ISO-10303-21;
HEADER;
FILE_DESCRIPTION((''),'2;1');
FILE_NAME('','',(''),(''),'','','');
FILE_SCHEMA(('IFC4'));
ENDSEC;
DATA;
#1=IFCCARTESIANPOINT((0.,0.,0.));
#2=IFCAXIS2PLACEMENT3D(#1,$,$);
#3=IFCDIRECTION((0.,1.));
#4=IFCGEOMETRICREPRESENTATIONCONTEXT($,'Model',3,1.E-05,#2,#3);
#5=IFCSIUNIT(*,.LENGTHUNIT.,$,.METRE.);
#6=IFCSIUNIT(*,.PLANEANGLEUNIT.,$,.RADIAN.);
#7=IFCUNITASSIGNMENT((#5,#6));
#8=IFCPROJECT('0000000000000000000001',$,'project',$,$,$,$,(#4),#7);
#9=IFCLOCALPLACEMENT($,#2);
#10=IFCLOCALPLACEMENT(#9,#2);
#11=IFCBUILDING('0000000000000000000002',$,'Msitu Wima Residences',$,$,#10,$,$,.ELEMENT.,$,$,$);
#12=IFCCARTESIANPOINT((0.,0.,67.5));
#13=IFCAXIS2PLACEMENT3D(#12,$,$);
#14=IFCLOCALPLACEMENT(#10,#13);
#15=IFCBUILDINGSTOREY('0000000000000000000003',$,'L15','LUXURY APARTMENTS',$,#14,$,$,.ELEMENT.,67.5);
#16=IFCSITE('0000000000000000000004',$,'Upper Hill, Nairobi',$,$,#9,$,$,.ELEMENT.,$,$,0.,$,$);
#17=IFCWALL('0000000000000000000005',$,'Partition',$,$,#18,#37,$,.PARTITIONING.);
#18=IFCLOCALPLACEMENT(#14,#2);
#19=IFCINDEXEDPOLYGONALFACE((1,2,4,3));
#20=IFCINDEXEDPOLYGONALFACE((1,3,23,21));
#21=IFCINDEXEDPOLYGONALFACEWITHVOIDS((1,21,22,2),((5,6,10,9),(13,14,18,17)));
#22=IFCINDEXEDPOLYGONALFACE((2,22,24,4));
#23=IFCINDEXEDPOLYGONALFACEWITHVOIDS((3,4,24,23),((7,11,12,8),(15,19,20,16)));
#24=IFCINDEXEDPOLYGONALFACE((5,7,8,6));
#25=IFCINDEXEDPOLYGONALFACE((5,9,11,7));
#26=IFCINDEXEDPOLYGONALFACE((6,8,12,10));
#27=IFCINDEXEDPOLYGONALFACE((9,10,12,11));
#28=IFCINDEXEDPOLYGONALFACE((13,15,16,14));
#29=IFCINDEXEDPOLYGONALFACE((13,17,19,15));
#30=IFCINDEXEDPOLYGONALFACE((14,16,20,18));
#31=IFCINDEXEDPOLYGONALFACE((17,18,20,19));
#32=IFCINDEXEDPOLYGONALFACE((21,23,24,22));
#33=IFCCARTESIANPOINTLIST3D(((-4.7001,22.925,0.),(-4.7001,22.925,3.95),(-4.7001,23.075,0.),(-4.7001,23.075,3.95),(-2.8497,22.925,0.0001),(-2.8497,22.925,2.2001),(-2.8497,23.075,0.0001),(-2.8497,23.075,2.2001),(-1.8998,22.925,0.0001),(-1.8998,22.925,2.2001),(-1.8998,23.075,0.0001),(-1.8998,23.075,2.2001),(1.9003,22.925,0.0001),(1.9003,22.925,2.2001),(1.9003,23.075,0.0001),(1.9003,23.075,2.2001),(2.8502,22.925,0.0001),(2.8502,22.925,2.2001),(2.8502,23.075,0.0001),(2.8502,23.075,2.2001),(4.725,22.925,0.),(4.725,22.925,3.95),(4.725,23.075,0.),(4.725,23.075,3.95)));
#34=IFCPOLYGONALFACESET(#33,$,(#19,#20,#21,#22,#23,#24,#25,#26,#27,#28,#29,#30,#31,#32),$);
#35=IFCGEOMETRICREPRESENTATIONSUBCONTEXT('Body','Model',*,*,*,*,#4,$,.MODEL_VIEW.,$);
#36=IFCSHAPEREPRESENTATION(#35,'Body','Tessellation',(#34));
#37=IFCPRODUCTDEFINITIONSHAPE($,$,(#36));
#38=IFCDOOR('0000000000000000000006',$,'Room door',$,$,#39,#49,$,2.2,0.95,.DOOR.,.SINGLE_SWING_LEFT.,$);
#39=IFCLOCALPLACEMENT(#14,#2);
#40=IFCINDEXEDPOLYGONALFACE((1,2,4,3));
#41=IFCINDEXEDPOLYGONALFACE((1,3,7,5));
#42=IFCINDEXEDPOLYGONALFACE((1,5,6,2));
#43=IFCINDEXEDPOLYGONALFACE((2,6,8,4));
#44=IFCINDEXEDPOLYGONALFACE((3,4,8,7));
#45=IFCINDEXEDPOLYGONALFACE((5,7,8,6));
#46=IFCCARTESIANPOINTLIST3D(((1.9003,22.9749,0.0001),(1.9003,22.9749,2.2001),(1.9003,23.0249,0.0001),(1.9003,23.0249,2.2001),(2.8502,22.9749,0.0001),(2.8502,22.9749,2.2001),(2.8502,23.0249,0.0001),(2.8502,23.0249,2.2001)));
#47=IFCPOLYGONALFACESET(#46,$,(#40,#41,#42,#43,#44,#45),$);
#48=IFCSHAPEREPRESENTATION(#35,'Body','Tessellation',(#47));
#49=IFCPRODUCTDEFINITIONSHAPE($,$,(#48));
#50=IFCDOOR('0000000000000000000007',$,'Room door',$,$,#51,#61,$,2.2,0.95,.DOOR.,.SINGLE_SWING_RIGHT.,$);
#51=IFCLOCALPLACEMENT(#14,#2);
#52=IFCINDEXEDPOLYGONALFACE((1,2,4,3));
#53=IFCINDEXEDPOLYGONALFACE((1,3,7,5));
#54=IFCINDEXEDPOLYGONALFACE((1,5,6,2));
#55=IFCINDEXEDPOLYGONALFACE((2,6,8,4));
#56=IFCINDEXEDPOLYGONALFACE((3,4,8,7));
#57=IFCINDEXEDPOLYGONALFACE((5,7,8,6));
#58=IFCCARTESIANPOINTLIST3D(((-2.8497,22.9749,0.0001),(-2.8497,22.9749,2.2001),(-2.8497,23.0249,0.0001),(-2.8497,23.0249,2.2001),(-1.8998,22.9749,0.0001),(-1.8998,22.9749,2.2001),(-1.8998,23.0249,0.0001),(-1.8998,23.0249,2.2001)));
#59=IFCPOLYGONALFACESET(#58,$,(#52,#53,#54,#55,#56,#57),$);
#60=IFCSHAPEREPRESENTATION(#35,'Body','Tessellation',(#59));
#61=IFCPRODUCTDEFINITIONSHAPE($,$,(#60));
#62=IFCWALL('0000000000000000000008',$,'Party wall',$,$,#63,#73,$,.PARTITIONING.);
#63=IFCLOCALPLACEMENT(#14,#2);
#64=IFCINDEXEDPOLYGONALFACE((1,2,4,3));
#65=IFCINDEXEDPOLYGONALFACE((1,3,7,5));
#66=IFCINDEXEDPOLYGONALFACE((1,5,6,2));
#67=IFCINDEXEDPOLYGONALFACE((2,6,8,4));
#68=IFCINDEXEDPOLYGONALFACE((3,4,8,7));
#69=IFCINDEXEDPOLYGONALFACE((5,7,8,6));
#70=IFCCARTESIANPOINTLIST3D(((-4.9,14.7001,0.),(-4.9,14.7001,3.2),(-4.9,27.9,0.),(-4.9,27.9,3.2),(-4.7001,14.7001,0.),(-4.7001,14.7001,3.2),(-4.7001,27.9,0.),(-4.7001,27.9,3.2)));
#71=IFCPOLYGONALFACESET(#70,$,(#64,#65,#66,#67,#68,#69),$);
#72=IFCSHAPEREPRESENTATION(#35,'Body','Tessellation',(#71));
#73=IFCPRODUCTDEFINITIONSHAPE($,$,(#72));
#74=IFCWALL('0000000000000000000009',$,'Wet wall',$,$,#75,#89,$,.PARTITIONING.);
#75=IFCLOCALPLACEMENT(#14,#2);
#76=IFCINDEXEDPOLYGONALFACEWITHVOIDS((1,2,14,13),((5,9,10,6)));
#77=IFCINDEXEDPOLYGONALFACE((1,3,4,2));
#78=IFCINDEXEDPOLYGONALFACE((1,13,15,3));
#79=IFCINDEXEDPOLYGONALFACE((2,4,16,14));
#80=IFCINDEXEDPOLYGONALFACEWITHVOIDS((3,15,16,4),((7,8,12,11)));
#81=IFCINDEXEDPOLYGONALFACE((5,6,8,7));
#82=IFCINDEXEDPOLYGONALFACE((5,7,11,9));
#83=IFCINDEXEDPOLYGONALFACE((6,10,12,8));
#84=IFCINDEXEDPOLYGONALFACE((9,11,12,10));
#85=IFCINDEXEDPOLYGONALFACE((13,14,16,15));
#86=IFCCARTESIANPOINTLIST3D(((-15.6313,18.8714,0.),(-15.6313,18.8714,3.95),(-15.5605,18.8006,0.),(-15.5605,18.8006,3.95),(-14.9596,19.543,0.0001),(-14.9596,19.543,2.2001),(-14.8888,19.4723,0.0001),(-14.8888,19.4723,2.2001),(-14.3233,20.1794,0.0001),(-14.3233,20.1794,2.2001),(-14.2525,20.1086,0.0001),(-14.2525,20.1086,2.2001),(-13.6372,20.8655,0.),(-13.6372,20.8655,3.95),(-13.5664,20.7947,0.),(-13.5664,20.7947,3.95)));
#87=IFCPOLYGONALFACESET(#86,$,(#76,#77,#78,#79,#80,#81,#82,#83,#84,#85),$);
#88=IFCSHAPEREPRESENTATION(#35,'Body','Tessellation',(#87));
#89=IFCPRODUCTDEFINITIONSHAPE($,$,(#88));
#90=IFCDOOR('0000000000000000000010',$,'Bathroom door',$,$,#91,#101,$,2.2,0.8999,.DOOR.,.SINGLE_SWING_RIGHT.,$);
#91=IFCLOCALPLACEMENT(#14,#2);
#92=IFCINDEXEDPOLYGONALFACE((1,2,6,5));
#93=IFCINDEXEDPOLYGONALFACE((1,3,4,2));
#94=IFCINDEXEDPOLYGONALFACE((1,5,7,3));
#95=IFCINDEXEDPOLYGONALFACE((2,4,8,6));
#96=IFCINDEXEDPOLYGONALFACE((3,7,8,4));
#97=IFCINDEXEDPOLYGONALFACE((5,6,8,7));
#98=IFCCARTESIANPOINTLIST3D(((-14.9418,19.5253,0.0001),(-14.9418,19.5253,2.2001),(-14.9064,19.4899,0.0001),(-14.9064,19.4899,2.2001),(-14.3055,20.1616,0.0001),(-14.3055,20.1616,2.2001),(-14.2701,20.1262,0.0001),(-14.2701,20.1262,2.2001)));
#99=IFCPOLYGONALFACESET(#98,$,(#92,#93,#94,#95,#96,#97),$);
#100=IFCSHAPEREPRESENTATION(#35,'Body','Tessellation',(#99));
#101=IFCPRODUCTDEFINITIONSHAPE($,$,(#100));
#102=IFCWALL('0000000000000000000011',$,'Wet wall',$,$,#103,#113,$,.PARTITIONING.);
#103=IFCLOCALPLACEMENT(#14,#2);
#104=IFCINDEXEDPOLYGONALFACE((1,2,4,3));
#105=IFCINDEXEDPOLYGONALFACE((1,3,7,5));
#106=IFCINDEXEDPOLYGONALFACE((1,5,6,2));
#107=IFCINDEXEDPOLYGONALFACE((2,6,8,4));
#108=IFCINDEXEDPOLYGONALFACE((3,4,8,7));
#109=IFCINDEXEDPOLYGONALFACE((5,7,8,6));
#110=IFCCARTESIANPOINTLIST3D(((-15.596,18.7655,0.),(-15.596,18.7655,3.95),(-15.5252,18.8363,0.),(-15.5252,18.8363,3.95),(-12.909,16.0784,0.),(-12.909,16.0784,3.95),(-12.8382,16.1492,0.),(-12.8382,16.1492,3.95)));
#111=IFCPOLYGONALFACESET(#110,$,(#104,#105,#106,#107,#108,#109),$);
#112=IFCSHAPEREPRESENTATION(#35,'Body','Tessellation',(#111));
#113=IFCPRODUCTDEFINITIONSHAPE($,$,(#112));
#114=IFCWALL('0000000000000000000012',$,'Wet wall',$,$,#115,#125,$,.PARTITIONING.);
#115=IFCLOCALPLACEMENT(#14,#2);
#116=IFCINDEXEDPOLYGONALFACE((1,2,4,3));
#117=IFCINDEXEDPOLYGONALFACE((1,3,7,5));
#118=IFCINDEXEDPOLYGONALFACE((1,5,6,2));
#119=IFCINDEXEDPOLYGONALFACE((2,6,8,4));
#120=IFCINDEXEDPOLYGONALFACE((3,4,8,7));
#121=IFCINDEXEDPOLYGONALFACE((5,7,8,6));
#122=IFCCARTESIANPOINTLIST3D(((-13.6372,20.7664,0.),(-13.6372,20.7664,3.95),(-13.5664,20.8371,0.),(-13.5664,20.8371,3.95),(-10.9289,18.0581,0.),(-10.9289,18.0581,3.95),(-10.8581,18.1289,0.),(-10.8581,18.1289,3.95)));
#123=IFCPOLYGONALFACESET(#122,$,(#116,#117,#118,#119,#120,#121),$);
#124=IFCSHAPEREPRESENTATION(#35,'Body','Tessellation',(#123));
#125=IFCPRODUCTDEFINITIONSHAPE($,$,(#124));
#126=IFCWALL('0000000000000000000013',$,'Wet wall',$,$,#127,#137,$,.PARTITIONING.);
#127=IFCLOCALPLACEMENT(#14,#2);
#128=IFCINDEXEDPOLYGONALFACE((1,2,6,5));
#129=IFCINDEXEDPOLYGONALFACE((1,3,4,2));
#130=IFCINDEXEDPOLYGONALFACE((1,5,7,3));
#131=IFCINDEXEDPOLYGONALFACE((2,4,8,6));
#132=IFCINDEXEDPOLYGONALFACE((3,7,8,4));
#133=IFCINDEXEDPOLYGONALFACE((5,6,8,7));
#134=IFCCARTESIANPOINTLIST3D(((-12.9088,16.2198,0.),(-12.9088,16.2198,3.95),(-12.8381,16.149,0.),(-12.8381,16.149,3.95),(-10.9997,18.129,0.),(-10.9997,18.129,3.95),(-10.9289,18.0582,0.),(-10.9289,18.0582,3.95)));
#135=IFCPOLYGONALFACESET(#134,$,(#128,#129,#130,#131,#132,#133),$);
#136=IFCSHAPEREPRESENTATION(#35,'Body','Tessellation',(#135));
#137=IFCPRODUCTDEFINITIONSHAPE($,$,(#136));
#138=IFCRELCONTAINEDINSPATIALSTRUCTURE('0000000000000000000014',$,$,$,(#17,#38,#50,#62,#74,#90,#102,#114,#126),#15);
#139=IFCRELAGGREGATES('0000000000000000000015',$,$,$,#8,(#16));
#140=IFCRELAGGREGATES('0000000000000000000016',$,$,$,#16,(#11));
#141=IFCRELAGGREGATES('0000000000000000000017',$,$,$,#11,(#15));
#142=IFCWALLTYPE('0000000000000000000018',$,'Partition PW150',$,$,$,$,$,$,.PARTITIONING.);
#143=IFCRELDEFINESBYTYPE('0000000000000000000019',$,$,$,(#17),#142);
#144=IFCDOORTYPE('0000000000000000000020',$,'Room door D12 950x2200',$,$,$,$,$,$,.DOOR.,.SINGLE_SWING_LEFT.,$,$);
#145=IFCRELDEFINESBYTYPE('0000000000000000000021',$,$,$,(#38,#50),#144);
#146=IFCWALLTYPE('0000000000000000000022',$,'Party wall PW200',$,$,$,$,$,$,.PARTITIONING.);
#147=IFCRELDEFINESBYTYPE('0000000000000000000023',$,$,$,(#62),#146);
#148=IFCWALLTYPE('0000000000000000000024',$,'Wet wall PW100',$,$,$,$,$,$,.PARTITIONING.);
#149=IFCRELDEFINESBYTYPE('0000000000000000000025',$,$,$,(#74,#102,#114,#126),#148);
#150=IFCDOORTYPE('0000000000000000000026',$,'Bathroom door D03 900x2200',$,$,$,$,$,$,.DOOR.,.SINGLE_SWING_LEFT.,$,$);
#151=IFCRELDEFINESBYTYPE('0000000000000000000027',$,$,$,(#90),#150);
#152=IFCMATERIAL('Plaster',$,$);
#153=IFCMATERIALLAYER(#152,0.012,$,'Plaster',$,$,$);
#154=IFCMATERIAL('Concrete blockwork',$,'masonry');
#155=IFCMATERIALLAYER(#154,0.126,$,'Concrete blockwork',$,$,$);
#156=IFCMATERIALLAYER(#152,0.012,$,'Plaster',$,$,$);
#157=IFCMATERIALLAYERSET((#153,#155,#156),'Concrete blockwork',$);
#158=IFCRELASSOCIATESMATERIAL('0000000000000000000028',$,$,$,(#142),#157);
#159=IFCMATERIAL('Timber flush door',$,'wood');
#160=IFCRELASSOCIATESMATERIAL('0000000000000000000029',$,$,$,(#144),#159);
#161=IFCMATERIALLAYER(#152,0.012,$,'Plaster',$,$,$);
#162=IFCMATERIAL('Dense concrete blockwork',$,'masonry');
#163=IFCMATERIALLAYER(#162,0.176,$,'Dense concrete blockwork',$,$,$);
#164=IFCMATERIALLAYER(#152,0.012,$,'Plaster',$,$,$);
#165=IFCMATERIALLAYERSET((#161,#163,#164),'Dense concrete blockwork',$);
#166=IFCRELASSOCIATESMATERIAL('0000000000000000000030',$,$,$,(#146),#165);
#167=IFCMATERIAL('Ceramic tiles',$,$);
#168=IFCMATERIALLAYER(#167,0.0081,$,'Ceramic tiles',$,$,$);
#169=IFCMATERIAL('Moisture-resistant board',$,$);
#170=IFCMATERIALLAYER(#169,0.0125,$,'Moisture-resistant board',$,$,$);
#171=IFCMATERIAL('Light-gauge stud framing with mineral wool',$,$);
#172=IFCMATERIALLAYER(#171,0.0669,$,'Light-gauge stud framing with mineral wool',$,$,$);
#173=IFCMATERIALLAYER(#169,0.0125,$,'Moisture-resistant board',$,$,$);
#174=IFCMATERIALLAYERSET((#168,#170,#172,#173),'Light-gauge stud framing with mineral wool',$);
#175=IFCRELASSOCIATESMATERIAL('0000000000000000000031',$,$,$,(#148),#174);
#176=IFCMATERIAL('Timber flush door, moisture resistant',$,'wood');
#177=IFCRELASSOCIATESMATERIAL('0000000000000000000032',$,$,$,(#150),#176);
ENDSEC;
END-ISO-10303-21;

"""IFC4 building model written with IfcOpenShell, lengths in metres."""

from ifc_helpers import new_model, si_unit, direction, frame, frame_2d, origin, place, context, subcontext, project, spatial, rectangle, extrude, material, layer, layer_set, type_object, element, fill, save


model = new_model("IFC4")

# Units and contexts
model_context = context("Model", 3, precision=1e-05, world=origin(), true_north=direction((0.0, 1.0)))
body_context = subcontext(model_context, "Body", "Model", "MODEL_VIEW")
ifc_project = project(units=[si_unit("LENGTHUNIT", "METRE"), si_unit("PLANEANGLEUNIT", "RADIAN")], contexts=[model_context])

# Site, building, storey
site_placement = place(None, origin())
site = spatial("IfcSite", under=ifc_project, at=site_placement, Name="Upper Hill, Nairobi", CompositionType="ELEMENT", RefElevation=0.0)
building_placement = place(site_placement, origin())
building = spatial("IfcBuilding", under=site, at=building_placement, Name="Msitu Wima Residences", CompositionType="ELEMENT")
storey_placement = place(building_placement, frame((0.0, 0.0, 67.5)))
storey = spatial("IfcBuildingStorey", under=building, at=storey_placement, Name="L15", Description="LUXURY APARTMENTS", CompositionType="ELEMENT", Elevation=67.5)

# Shared definitions
ifc_material_1 = material(Name="Plaster")
ifc_layer_1 = layer(ifc_material_1, 0.012, Name="Plaster")
ifc_material_2 = material(Name="Concrete blockwork", Category="masonry")
ifc_layer_2 = layer(ifc_material_2, 0.126, Name="Concrete blockwork")
ifc_layer_3 = layer(ifc_material_1, 0.012, Name="Plaster")
ifc_layer_set_1 = layer_set([ifc_layer_1, ifc_layer_2, ifc_layer_3], Name="Concrete blockwork")
wall_type_1 = type_object("IfcWallType", Name="Partition PW150", PredefinedType="PARTITIONING", material=ifc_layer_set_1)
ifc_material_3 = material(Name="Timber flush door", Category="wood")
door_type_1 = type_object("IfcDoorType", Name="Room door D12 950x2200", OperationType="SINGLE_SWING_LEFT", PredefinedType="DOOR", material=ifc_material_3)

# Wall, openings, doors
wall_1_placement = place(storey_placement, frame((-4.7, 23.0, 0.0), z_axis=(0.0, 0.0, 1.0), x_axis=(1.0, 0.0, 0.0)))
wall_1 = element("IfcWall", 1, at=wall_1_placement, inside=storey, type_object=wall_type_1, Name="Partition", PredefinedType="PARTITIONING", context=body_context, shape_type="SweptSolid", body=[
    extrude(rectangle(XDim=9.425, YDim=0.1499, at=frame_2d((4.7124, 0.0))), origin(), (0.0, 0.0, 1.0), 3.95),
])
opening_1_placement = place(wall_1_placement, frame((6.6001, 0.0, 0.0)))
opening_1 = element("IfcOpeningElement", 2, at=opening_1_placement, cuts=wall_1, PredefinedType="OPENING", context=body_context, shape_type="SweptSolid", body=[
    extrude(rectangle(XDim=0.95, YDim=2.2, at=frame_2d((0.4751, 1.1001))), frame((0.0, 0.085, 0.0), z_axis=(0.0, -1.0, 0.0), x_axis=(1.0, 0.0, 0.0)), (0.0, 0.0, 1.0), 0.1699),
])
opening_2_placement = place(wall_1_placement, frame((1.8501, 0.0, 0.0)))
opening_2 = element("IfcOpeningElement", 3, at=opening_2_placement, cuts=wall_1, PredefinedType="OPENING", context=body_context, shape_type="SweptSolid", body=[
    extrude(rectangle(XDim=0.95, YDim=2.2, at=frame_2d((0.4751, 1.1001))), frame((0.0, 0.085, 0.0), z_axis=(0.0, -1.0, 0.0), x_axis=(1.0, 0.0, 0.0)), (0.0, 0.0, 1.0), 0.1699),
])
door_1_placement = place(opening_1_placement, origin())
door_1 = element("IfcDoor", 4, at=door_1_placement, inside=storey, type_object=door_type_1, Name="Room door", OperationType="SINGLE_SWING_LEFT", OverallHeight=2.2, OverallWidth=0.95, PredefinedType="DOOR", context=body_context, shape_type="SweptSolid", body=[
    extrude(rectangle(XDim=0.95, YDim=2.2, at=frame_2d((0.4751, 1.1001))), frame((0.0, 0.0249, 0.0), z_axis=(0.0, -1.0, 0.0), x_axis=(1.0, 0.0, 0.0)), (0.0, 0.0, 1.0), 0.05),
])
fill(opening_1, door_1)
door_2_placement = place(opening_2_placement, origin())
door_2 = element("IfcDoor", 5, at=door_2_placement, inside=storey, type_object=door_type_1, Name="Room door", OperationType="SINGLE_SWING_RIGHT", OverallHeight=2.2, OverallWidth=0.95, PredefinedType="DOOR", context=body_context, shape_type="SweptSolid", body=[
    extrude(rectangle(XDim=0.95, YDim=2.2, at=frame_2d((0.4751, 1.1001))), frame((0.0, 0.0249, 0.0), z_axis=(0.0, -1.0, 0.0), x_axis=(1.0, 0.0, 0.0)), (0.0, 0.0, 1.0), 0.05),
])
fill(opening_2, door_2)

# Wall
ifc_layer_4 = layer(ifc_material_1, 0.012, Name="Plaster")
ifc_material_4 = material(Name="Dense concrete blockwork", Category="masonry")
ifc_layer_5 = layer(ifc_material_4, 0.176, Name="Dense concrete blockwork")
ifc_layer_6 = layer(ifc_material_1, 0.012, Name="Plaster")
ifc_layer_set_2 = layer_set([ifc_layer_4, ifc_layer_5, ifc_layer_6], Name="Dense concrete blockwork")
wall_type_2 = type_object("IfcWallType", Name="Party wall PW200", PredefinedType="PARTITIONING", material=ifc_layer_set_2)
wall_2_placement = place(storey_placement, frame((-4.8, 14.7, 0.0), z_axis=(0.0, 0.0, 1.0), x_axis=(0.0, 1.0, 0.0)))
element("IfcWall", 6, at=wall_2_placement, inside=storey, type_object=wall_type_2, Name="Party wall", PredefinedType="PARTITIONING", context=body_context, shape_type="SweptSolid", body=[
    extrude(rectangle(XDim=13.2, YDim=0.2, at=frame_2d((6.6001, 0.0))), origin(), (0.0, 0.0, 1.0), 3.2),
])

# Wall, opening, door
ifc_material_5 = material(Name="Ceramic tiles")
ifc_layer_7 = layer(ifc_material_5, 0.0081, Name="Ceramic tiles")
ifc_material_6 = material(Name="Moisture-resistant board")
ifc_layer_8 = layer(ifc_material_6, 0.0125, Name="Moisture-resistant board")
ifc_material_7 = material(Name="Light-gauge stud framing with mineral wool")
ifc_layer_9 = layer(ifc_material_7, 0.0669, Name="Light-gauge stud framing with mineral wool")
ifc_layer_10 = layer(ifc_material_6, 0.0125, Name="Moisture-resistant board")
ifc_layer_set_3 = layer_set([ifc_layer_7, ifc_layer_8, ifc_layer_9, ifc_layer_10], Name="Light-gauge stud framing with mineral wool")
wall_type_3 = type_object("IfcWallType", Name="Wet wall PW100", PredefinedType="PARTITIONING", material=ifc_layer_set_3)
wall_3_placement = place(storey_placement, frame((-15.5959, 18.8359, 0.0), z_axis=(0.0, 0.0, 1.0), x_axis=(0.707107, 0.707107, 0.0)))
wall_3 = element("IfcWall", 7, at=wall_3_placement, inside=storey, type_object=wall_type_3, Name="Wet wall", PredefinedType="PARTITIONING", context=body_context, shape_type="SweptSolid", body=[
    extrude(rectangle(XDim=2.8201, YDim=0.1001, at=frame_2d((1.4102, 0.0))), origin(), (0.0, 0.0, 1.0), 3.95),
])
opening_3_placement = place(wall_3_placement, frame((0.95, 0.0, 0.0)))
opening_3 = element("IfcOpeningElement", 8, at=opening_3_placement, cuts=wall_3, PredefinedType="OPENING", context=body_context, shape_type="SweptSolid", body=[
    extrude(rectangle(XDim=0.8999, YDim=2.2, at=frame_2d((0.45, 1.1001))), frame((0.0, 0.0601, 0.0), z_axis=(0.0, -1.0, 0.0), x_axis=(1.0, 0.0, 0.0)), (0.0, 0.0, 1.0), 0.1201),
])
ifc_material_8 = material(Name="Timber flush door, moisture resistant", Category="wood")
door_type_2 = type_object("IfcDoorType", Name="Bathroom door D03 900x2200", OperationType="SINGLE_SWING_LEFT", PredefinedType="DOOR", material=ifc_material_8)
door_3_placement = place(opening_3_placement, origin())
door_3 = element("IfcDoor", 9, at=door_3_placement, inside=storey, type_object=door_type_2, Name="Bathroom door", OperationType="SINGLE_SWING_RIGHT", OverallHeight=2.2, OverallWidth=0.8999, PredefinedType="DOOR", context=body_context, shape_type="SweptSolid", body=[
    extrude(rectangle(XDim=0.8999, YDim=2.2, at=frame_2d((0.45, 1.1001))), frame((0.0, 0.0249, 0.0), z_axis=(0.0, -1.0, 0.0), x_axis=(1.0, 0.0, 0.0)), (0.0, 0.0, 1.0), 0.05),
])
fill(opening_3, door_3)

# Walls
wall_4_placement = place(storey_placement, frame((-15.5605, 18.8008, 0.0), z_axis=(0.0, 0.0, 1.0), x_axis=(0.707107, -0.707107, 0.0)))
element("IfcWall", 10, at=wall_4_placement, inside=storey, type_object=wall_type_3, Name="Wet wall", PredefinedType="PARTITIONING", context=body_context, shape_type="SweptSolid", body=[
    extrude(rectangle(XDim=3.8, YDim=0.1001, at=frame_2d((1.8999, 0.0))), origin(), (0.0, 0.0, 1.0), 3.95),
])
wall_5_placement = place(storey_placement, frame((-13.6018, 20.8018, 0.0), z_axis=(0.0, 0.0, 1.0), x_axis=(0.707107, -0.707107, 0.0)))
element("IfcWall", 11, at=wall_5_placement, inside=storey, type_object=wall_type_3, Name="Wet wall", PredefinedType="PARTITIONING", context=body_context, shape_type="SweptSolid", body=[
    extrude(rectangle(XDim=3.8301, YDim=0.1001, at=frame_2d((1.915, 0.0))), origin(), (0.0, 0.0, 1.0), 3.95),
])
wall_6_placement = place(storey_placement, frame((-12.8735, 16.1843, 0.0), z_axis=(0.0, 0.0, 1.0), x_axis=(0.707107, 0.707107, 0.0)))
element("IfcWall", 12, at=wall_6_placement, inside=storey, type_object=wall_type_3, Name="Wet wall", PredefinedType="PARTITIONING", context=body_context, shape_type="SweptSolid", body=[
    extrude(rectangle(XDim=2.7, YDim=0.1001, at=frame_2d((1.3501, 0.0))), origin(), (0.0, 0.0, 1.0), 3.95),
])

save(model, "model.ifc")
